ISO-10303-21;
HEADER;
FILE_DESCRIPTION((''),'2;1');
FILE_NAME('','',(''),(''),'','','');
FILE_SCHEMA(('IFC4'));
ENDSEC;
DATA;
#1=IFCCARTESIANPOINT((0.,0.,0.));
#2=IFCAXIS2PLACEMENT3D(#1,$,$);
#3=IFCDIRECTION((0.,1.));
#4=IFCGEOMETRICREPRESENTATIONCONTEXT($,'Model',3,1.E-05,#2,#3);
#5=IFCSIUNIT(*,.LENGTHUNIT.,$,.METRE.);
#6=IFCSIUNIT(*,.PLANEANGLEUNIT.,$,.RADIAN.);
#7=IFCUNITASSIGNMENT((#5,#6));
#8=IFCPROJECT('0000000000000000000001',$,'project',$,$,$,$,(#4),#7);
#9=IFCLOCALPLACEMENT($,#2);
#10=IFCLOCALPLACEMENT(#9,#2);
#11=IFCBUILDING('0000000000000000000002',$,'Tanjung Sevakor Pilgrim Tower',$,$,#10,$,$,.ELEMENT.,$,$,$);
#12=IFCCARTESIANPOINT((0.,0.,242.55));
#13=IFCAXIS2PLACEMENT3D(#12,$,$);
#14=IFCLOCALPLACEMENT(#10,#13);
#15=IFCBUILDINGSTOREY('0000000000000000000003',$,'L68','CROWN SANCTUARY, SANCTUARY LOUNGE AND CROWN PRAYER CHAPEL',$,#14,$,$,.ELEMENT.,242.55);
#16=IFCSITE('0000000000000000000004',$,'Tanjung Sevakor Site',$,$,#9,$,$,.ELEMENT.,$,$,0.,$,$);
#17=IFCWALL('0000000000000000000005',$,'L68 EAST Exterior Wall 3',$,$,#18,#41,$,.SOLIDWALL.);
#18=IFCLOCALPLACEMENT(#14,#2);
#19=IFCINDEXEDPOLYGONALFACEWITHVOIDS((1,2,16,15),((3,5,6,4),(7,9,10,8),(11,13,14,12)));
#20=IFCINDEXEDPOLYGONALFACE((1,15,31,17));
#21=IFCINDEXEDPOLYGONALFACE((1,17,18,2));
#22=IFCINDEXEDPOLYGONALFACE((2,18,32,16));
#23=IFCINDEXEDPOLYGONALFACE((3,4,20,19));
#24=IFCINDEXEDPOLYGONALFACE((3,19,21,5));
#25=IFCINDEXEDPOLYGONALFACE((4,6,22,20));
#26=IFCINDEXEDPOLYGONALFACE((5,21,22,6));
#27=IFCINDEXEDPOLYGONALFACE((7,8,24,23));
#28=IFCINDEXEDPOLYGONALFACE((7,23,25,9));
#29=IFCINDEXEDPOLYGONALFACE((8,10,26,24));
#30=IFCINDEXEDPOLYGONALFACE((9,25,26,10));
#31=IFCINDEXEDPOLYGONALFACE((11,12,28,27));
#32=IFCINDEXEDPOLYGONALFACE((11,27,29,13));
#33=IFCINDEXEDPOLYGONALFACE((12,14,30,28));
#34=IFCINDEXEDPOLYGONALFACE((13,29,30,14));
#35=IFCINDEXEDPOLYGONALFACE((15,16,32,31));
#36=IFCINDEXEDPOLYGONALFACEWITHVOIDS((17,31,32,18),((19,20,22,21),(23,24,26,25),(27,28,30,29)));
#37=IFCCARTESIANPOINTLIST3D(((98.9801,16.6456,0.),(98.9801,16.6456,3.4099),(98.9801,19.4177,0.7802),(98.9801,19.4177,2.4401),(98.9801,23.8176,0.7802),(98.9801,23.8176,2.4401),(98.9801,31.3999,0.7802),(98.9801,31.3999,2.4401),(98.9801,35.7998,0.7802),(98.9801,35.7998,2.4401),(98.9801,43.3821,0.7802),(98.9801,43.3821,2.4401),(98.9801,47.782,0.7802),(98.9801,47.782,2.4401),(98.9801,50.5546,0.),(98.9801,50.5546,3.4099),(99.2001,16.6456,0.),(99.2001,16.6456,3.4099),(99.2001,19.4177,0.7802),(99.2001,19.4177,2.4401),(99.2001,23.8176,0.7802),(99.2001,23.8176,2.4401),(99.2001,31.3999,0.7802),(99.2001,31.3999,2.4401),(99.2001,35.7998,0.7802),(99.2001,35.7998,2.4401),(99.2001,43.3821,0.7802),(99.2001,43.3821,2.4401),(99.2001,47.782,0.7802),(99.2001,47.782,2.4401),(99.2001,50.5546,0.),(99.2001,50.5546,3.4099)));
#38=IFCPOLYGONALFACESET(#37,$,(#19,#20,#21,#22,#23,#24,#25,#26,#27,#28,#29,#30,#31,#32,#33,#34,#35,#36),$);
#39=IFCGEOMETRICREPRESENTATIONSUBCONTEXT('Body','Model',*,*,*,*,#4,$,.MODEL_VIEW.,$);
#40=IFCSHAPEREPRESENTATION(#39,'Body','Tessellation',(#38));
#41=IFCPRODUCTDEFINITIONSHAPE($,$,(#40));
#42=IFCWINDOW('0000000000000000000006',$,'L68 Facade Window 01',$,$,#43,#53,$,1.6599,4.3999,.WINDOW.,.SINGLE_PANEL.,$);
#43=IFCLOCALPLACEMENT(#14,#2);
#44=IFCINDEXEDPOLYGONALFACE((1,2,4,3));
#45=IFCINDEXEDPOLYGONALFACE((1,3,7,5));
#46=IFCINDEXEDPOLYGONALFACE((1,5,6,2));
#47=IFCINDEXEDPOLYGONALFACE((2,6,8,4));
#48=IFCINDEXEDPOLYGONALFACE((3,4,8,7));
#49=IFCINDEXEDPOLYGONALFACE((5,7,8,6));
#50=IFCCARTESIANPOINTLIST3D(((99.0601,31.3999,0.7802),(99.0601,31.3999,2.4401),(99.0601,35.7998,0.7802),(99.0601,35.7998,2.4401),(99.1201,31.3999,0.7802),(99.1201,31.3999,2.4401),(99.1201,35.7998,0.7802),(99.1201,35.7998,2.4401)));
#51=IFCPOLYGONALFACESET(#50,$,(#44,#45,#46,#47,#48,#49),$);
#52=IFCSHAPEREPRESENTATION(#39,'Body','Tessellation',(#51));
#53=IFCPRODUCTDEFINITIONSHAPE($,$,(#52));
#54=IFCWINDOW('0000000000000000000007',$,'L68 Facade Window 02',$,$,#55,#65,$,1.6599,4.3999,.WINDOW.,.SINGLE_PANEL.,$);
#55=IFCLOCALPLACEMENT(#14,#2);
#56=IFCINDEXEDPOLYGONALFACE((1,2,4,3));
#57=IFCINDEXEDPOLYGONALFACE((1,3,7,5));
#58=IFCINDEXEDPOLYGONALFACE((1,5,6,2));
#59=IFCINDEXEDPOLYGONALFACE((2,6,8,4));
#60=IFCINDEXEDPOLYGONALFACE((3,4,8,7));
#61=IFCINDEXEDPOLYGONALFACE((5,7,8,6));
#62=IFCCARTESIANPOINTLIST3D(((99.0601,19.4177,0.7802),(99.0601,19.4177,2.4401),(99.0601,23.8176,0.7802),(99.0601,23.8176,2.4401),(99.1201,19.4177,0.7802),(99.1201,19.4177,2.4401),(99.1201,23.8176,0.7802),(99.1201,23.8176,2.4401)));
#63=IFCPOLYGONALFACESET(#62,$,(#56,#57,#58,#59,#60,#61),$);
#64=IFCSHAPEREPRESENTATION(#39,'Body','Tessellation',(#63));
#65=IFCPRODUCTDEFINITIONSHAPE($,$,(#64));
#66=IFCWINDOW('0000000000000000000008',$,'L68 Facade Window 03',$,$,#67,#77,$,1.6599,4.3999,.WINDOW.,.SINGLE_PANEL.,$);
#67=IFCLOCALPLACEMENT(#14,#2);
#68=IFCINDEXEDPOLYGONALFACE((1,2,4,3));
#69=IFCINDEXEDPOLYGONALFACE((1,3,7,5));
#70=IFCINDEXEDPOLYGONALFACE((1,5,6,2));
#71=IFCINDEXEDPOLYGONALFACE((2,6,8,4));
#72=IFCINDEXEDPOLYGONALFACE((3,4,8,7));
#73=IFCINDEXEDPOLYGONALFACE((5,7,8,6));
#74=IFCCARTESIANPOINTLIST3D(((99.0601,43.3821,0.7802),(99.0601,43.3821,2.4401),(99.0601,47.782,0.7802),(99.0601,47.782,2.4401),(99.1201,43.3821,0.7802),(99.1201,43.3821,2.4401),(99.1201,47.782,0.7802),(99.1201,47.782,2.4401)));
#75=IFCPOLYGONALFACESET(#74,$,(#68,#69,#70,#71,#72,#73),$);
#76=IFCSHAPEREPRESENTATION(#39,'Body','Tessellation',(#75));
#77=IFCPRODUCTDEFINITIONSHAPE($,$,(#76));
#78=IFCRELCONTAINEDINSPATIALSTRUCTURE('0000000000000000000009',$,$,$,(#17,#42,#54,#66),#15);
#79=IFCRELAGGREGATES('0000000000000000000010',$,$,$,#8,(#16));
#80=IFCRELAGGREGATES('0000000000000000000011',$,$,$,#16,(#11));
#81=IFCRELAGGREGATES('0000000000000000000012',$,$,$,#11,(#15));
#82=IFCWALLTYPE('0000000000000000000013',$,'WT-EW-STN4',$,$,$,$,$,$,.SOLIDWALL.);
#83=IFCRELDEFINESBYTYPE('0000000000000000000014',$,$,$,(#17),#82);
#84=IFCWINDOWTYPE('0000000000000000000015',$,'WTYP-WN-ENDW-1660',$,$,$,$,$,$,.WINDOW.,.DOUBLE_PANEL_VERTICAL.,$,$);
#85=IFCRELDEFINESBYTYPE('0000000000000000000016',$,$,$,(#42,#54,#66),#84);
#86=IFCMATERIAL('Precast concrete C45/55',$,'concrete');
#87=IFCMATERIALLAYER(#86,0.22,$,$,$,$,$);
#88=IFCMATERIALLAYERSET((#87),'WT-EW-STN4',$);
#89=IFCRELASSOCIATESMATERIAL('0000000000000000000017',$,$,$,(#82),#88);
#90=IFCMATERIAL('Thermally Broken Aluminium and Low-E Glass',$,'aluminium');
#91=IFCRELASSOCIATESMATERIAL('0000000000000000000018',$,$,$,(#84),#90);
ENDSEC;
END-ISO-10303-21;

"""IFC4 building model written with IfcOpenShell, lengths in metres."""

from ifc_helpers import new_model, si_unit, direction, frame, frame_2d, origin, place, context, subcontext, project, spatial, rectangle, extrude, material, layer, layer_set, type_object, element, fill, save


model = new_model("IFC4")

# Units and contexts
model_context = context("Model", 3, precision=1e-05, world=origin(), true_north=direction((0.0, 1.0)))
body_context = subcontext(model_context, "Body", "Model", "MODEL_VIEW")
ifc_project = project(units=[si_unit("LENGTHUNIT", "METRE"), si_unit("PLANEANGLEUNIT", "RADIAN")], contexts=[model_context])

# Site, building, storey
site_placement = place(None, origin())
site = spatial("IfcSite", under=ifc_project, at=site_placement, Name="Tanjung Sevakor Site", CompositionType="ELEMENT", RefElevation=0.0)
building_placement = place(site_placement, origin())
building = spatial("IfcBuilding", under=site, at=building_placement, Name="Tanjung Sevakor Pilgrim Tower", CompositionType="ELEMENT")
storey_placement = place(building_placement, frame((0.0, 0.0, 242.55)))
storey = spatial("IfcBuildingStorey", under=building, at=storey_placement, Name="L68", Description="CROWN SANCTUARY, SANCTUARY LOUNGE AND CROWN PRAYER CHAPEL", CompositionType="ELEMENT", Elevation=242.55)

# Wall, openings, windows
ifc_material_1 = material(Name="Precast concrete C45/55", Category="concrete")
ifc_layer_1 = layer(ifc_material_1, 0.22)
ifc_layer_set_1 = layer_set([ifc_layer_1], Name="WT-EW-STN4")
wall_type_1 = type_object("IfcWallType", Name="WT-EW-STN4", PredefinedType="SOLIDWALL", material=ifc_layer_set_1)
wall_1_placement = place(storey_placement, frame((99.0901, 16.6455, 0.0), z_axis=(0.0, 0.0, 1.0), x_axis=(0.0, 1.0, 0.0)))
wall_1 = element("IfcWall", 1, at=wall_1_placement, inside=storey, type_object=wall_type_1, Name="L68 EAST Exterior Wall 3", PredefinedType="SOLIDWALL", context=body_context, shape_type="SweptSolid", body=[
    extrude(rectangle(XDim=33.9089, YDim=0.22, at=frame_2d((16.9546, 0.0))), origin(), (0.0, 0.0, 1.0), 3.4099),
])
opening_1_placement = place(wall_1_placement, frame((14.7544, 0.0, 0.78)))
opening_1 = element("IfcOpeningElement", 2, at=opening_1_placement, cuts=wall_1, PredefinedType="OPENING", context=body_context, shape_type="SweptSolid", body=[
    extrude(rectangle(XDim=4.3999, YDim=1.6599, at=frame_2d((2.2, 0.8301))), frame((0.0, 0.1199, 0.0), z_axis=(0.0, -1.0, 0.0), x_axis=(1.0, 0.0, 0.0)), (0.0, 0.0, 1.0), 0.24),
])
opening_2_placement = place(wall_1_placement, frame((2.7722, 0.0, 0.78)))
opening_2 = element("IfcOpeningElement", 3, at=opening_2_placement, cuts=wall_1, PredefinedType="OPENING", context=body_context, shape_type="SweptSolid", body=[
    extrude(rectangle(XDim=4.3999, YDim=1.6599, at=frame_2d((2.2, 0.8301))), frame((0.0, 0.1199, 0.0), z_axis=(0.0, -1.0, 0.0), x_axis=(1.0, 0.0, 0.0)), (0.0, 0.0, 1.0), 0.24),
])
opening_3_placement = place(wall_1_placement, frame((26.7366, 0.0, 0.78)))
opening_3 = element("IfcOpeningElement", 4, at=opening_3_placement, cuts=wall_1, PredefinedType="OPENING", context=body_context, shape_type="SweptSolid", body=[
    extrude(rectangle(XDim=4.3999, YDim=1.6599, at=frame_2d((2.2, 0.8301))), frame((0.0, 0.1199, 0.0), z_axis=(0.0, -1.0, 0.0), x_axis=(1.0, 0.0, 0.0)), (0.0, 0.0, 1.0), 0.24),
])
ifc_material_2 = material(Name="Thermally Broken Aluminium and Low-E Glass", Category="aluminium")
window_type = type_object("IfcWindowType", Name="WTYP-WN-ENDW-1660", PartitioningType="DOUBLE_PANEL_VERTICAL", PredefinedType="WINDOW", material=ifc_material_2)
window_1_placement = place(opening_1_placement, origin())
window_1 = element("IfcWindow", 5, at=window_1_placement, inside=storey, type_object=window_type, Name="L68 Facade Window 01", OverallHeight=1.6599, OverallWidth=4.3999, PartitioningType="SINGLE_PANEL", PredefinedType="WINDOW", context=body_context, shape_type="SweptSolid", body=[
    extrude(rectangle(XDim=4.3999, YDim=1.6599, at=frame_2d((2.2, 0.8301))), frame((0.0, 0.03, 0.0), z_axis=(0.0, -1.0, 0.0), x_axis=(1.0, 0.0, 0.0)), (0.0, 0.0, 1.0), 0.0601),
])
fill(opening_1, window_1)
window_2_placement = place(opening_2_placement, origin())
window_2 = element("IfcWindow", 6, at=window_2_placement, inside=storey, type_object=window_type, Name="L68 Facade Window 02", OverallHeight=1.6599, OverallWidth=4.3999, PartitioningType="SINGLE_PANEL", PredefinedType="WINDOW", context=body_context, shape_type="SweptSolid", body=[
    extrude(rectangle(XDim=4.3999, YDim=1.6599, at=frame_2d((2.2, 0.8301))), frame((0.0, 0.03, 0.0), z_axis=(0.0, -1.0, 0.0), x_axis=(1.0, 0.0, 0.0)), (0.0, 0.0, 1.0), 0.0601),
])
fill(opening_2, window_2)
window_3_placement = place(opening_3_placement, origin())
window_3 = element("IfcWindow", 7, at=window_3_placement, inside=storey, type_object=window_type, Name="L68 Facade Window 03", OverallHeight=1.6599, OverallWidth=4.3999, PartitioningType="SINGLE_PANEL", PredefinedType="WINDOW", context=body_context, shape_type="SweptSolid", body=[
    extrude(rectangle(XDim=4.3999, YDim=1.6599, at=frame_2d((2.2, 0.8301))), frame((0.0, 0.03, 0.0), z_axis=(0.0, -1.0, 0.0), x_axis=(1.0, 0.0, 0.0)), (0.0, 0.0, 1.0), 0.0601),
])
fill(opening_3, window_3)

save(model, "model.ifc")
